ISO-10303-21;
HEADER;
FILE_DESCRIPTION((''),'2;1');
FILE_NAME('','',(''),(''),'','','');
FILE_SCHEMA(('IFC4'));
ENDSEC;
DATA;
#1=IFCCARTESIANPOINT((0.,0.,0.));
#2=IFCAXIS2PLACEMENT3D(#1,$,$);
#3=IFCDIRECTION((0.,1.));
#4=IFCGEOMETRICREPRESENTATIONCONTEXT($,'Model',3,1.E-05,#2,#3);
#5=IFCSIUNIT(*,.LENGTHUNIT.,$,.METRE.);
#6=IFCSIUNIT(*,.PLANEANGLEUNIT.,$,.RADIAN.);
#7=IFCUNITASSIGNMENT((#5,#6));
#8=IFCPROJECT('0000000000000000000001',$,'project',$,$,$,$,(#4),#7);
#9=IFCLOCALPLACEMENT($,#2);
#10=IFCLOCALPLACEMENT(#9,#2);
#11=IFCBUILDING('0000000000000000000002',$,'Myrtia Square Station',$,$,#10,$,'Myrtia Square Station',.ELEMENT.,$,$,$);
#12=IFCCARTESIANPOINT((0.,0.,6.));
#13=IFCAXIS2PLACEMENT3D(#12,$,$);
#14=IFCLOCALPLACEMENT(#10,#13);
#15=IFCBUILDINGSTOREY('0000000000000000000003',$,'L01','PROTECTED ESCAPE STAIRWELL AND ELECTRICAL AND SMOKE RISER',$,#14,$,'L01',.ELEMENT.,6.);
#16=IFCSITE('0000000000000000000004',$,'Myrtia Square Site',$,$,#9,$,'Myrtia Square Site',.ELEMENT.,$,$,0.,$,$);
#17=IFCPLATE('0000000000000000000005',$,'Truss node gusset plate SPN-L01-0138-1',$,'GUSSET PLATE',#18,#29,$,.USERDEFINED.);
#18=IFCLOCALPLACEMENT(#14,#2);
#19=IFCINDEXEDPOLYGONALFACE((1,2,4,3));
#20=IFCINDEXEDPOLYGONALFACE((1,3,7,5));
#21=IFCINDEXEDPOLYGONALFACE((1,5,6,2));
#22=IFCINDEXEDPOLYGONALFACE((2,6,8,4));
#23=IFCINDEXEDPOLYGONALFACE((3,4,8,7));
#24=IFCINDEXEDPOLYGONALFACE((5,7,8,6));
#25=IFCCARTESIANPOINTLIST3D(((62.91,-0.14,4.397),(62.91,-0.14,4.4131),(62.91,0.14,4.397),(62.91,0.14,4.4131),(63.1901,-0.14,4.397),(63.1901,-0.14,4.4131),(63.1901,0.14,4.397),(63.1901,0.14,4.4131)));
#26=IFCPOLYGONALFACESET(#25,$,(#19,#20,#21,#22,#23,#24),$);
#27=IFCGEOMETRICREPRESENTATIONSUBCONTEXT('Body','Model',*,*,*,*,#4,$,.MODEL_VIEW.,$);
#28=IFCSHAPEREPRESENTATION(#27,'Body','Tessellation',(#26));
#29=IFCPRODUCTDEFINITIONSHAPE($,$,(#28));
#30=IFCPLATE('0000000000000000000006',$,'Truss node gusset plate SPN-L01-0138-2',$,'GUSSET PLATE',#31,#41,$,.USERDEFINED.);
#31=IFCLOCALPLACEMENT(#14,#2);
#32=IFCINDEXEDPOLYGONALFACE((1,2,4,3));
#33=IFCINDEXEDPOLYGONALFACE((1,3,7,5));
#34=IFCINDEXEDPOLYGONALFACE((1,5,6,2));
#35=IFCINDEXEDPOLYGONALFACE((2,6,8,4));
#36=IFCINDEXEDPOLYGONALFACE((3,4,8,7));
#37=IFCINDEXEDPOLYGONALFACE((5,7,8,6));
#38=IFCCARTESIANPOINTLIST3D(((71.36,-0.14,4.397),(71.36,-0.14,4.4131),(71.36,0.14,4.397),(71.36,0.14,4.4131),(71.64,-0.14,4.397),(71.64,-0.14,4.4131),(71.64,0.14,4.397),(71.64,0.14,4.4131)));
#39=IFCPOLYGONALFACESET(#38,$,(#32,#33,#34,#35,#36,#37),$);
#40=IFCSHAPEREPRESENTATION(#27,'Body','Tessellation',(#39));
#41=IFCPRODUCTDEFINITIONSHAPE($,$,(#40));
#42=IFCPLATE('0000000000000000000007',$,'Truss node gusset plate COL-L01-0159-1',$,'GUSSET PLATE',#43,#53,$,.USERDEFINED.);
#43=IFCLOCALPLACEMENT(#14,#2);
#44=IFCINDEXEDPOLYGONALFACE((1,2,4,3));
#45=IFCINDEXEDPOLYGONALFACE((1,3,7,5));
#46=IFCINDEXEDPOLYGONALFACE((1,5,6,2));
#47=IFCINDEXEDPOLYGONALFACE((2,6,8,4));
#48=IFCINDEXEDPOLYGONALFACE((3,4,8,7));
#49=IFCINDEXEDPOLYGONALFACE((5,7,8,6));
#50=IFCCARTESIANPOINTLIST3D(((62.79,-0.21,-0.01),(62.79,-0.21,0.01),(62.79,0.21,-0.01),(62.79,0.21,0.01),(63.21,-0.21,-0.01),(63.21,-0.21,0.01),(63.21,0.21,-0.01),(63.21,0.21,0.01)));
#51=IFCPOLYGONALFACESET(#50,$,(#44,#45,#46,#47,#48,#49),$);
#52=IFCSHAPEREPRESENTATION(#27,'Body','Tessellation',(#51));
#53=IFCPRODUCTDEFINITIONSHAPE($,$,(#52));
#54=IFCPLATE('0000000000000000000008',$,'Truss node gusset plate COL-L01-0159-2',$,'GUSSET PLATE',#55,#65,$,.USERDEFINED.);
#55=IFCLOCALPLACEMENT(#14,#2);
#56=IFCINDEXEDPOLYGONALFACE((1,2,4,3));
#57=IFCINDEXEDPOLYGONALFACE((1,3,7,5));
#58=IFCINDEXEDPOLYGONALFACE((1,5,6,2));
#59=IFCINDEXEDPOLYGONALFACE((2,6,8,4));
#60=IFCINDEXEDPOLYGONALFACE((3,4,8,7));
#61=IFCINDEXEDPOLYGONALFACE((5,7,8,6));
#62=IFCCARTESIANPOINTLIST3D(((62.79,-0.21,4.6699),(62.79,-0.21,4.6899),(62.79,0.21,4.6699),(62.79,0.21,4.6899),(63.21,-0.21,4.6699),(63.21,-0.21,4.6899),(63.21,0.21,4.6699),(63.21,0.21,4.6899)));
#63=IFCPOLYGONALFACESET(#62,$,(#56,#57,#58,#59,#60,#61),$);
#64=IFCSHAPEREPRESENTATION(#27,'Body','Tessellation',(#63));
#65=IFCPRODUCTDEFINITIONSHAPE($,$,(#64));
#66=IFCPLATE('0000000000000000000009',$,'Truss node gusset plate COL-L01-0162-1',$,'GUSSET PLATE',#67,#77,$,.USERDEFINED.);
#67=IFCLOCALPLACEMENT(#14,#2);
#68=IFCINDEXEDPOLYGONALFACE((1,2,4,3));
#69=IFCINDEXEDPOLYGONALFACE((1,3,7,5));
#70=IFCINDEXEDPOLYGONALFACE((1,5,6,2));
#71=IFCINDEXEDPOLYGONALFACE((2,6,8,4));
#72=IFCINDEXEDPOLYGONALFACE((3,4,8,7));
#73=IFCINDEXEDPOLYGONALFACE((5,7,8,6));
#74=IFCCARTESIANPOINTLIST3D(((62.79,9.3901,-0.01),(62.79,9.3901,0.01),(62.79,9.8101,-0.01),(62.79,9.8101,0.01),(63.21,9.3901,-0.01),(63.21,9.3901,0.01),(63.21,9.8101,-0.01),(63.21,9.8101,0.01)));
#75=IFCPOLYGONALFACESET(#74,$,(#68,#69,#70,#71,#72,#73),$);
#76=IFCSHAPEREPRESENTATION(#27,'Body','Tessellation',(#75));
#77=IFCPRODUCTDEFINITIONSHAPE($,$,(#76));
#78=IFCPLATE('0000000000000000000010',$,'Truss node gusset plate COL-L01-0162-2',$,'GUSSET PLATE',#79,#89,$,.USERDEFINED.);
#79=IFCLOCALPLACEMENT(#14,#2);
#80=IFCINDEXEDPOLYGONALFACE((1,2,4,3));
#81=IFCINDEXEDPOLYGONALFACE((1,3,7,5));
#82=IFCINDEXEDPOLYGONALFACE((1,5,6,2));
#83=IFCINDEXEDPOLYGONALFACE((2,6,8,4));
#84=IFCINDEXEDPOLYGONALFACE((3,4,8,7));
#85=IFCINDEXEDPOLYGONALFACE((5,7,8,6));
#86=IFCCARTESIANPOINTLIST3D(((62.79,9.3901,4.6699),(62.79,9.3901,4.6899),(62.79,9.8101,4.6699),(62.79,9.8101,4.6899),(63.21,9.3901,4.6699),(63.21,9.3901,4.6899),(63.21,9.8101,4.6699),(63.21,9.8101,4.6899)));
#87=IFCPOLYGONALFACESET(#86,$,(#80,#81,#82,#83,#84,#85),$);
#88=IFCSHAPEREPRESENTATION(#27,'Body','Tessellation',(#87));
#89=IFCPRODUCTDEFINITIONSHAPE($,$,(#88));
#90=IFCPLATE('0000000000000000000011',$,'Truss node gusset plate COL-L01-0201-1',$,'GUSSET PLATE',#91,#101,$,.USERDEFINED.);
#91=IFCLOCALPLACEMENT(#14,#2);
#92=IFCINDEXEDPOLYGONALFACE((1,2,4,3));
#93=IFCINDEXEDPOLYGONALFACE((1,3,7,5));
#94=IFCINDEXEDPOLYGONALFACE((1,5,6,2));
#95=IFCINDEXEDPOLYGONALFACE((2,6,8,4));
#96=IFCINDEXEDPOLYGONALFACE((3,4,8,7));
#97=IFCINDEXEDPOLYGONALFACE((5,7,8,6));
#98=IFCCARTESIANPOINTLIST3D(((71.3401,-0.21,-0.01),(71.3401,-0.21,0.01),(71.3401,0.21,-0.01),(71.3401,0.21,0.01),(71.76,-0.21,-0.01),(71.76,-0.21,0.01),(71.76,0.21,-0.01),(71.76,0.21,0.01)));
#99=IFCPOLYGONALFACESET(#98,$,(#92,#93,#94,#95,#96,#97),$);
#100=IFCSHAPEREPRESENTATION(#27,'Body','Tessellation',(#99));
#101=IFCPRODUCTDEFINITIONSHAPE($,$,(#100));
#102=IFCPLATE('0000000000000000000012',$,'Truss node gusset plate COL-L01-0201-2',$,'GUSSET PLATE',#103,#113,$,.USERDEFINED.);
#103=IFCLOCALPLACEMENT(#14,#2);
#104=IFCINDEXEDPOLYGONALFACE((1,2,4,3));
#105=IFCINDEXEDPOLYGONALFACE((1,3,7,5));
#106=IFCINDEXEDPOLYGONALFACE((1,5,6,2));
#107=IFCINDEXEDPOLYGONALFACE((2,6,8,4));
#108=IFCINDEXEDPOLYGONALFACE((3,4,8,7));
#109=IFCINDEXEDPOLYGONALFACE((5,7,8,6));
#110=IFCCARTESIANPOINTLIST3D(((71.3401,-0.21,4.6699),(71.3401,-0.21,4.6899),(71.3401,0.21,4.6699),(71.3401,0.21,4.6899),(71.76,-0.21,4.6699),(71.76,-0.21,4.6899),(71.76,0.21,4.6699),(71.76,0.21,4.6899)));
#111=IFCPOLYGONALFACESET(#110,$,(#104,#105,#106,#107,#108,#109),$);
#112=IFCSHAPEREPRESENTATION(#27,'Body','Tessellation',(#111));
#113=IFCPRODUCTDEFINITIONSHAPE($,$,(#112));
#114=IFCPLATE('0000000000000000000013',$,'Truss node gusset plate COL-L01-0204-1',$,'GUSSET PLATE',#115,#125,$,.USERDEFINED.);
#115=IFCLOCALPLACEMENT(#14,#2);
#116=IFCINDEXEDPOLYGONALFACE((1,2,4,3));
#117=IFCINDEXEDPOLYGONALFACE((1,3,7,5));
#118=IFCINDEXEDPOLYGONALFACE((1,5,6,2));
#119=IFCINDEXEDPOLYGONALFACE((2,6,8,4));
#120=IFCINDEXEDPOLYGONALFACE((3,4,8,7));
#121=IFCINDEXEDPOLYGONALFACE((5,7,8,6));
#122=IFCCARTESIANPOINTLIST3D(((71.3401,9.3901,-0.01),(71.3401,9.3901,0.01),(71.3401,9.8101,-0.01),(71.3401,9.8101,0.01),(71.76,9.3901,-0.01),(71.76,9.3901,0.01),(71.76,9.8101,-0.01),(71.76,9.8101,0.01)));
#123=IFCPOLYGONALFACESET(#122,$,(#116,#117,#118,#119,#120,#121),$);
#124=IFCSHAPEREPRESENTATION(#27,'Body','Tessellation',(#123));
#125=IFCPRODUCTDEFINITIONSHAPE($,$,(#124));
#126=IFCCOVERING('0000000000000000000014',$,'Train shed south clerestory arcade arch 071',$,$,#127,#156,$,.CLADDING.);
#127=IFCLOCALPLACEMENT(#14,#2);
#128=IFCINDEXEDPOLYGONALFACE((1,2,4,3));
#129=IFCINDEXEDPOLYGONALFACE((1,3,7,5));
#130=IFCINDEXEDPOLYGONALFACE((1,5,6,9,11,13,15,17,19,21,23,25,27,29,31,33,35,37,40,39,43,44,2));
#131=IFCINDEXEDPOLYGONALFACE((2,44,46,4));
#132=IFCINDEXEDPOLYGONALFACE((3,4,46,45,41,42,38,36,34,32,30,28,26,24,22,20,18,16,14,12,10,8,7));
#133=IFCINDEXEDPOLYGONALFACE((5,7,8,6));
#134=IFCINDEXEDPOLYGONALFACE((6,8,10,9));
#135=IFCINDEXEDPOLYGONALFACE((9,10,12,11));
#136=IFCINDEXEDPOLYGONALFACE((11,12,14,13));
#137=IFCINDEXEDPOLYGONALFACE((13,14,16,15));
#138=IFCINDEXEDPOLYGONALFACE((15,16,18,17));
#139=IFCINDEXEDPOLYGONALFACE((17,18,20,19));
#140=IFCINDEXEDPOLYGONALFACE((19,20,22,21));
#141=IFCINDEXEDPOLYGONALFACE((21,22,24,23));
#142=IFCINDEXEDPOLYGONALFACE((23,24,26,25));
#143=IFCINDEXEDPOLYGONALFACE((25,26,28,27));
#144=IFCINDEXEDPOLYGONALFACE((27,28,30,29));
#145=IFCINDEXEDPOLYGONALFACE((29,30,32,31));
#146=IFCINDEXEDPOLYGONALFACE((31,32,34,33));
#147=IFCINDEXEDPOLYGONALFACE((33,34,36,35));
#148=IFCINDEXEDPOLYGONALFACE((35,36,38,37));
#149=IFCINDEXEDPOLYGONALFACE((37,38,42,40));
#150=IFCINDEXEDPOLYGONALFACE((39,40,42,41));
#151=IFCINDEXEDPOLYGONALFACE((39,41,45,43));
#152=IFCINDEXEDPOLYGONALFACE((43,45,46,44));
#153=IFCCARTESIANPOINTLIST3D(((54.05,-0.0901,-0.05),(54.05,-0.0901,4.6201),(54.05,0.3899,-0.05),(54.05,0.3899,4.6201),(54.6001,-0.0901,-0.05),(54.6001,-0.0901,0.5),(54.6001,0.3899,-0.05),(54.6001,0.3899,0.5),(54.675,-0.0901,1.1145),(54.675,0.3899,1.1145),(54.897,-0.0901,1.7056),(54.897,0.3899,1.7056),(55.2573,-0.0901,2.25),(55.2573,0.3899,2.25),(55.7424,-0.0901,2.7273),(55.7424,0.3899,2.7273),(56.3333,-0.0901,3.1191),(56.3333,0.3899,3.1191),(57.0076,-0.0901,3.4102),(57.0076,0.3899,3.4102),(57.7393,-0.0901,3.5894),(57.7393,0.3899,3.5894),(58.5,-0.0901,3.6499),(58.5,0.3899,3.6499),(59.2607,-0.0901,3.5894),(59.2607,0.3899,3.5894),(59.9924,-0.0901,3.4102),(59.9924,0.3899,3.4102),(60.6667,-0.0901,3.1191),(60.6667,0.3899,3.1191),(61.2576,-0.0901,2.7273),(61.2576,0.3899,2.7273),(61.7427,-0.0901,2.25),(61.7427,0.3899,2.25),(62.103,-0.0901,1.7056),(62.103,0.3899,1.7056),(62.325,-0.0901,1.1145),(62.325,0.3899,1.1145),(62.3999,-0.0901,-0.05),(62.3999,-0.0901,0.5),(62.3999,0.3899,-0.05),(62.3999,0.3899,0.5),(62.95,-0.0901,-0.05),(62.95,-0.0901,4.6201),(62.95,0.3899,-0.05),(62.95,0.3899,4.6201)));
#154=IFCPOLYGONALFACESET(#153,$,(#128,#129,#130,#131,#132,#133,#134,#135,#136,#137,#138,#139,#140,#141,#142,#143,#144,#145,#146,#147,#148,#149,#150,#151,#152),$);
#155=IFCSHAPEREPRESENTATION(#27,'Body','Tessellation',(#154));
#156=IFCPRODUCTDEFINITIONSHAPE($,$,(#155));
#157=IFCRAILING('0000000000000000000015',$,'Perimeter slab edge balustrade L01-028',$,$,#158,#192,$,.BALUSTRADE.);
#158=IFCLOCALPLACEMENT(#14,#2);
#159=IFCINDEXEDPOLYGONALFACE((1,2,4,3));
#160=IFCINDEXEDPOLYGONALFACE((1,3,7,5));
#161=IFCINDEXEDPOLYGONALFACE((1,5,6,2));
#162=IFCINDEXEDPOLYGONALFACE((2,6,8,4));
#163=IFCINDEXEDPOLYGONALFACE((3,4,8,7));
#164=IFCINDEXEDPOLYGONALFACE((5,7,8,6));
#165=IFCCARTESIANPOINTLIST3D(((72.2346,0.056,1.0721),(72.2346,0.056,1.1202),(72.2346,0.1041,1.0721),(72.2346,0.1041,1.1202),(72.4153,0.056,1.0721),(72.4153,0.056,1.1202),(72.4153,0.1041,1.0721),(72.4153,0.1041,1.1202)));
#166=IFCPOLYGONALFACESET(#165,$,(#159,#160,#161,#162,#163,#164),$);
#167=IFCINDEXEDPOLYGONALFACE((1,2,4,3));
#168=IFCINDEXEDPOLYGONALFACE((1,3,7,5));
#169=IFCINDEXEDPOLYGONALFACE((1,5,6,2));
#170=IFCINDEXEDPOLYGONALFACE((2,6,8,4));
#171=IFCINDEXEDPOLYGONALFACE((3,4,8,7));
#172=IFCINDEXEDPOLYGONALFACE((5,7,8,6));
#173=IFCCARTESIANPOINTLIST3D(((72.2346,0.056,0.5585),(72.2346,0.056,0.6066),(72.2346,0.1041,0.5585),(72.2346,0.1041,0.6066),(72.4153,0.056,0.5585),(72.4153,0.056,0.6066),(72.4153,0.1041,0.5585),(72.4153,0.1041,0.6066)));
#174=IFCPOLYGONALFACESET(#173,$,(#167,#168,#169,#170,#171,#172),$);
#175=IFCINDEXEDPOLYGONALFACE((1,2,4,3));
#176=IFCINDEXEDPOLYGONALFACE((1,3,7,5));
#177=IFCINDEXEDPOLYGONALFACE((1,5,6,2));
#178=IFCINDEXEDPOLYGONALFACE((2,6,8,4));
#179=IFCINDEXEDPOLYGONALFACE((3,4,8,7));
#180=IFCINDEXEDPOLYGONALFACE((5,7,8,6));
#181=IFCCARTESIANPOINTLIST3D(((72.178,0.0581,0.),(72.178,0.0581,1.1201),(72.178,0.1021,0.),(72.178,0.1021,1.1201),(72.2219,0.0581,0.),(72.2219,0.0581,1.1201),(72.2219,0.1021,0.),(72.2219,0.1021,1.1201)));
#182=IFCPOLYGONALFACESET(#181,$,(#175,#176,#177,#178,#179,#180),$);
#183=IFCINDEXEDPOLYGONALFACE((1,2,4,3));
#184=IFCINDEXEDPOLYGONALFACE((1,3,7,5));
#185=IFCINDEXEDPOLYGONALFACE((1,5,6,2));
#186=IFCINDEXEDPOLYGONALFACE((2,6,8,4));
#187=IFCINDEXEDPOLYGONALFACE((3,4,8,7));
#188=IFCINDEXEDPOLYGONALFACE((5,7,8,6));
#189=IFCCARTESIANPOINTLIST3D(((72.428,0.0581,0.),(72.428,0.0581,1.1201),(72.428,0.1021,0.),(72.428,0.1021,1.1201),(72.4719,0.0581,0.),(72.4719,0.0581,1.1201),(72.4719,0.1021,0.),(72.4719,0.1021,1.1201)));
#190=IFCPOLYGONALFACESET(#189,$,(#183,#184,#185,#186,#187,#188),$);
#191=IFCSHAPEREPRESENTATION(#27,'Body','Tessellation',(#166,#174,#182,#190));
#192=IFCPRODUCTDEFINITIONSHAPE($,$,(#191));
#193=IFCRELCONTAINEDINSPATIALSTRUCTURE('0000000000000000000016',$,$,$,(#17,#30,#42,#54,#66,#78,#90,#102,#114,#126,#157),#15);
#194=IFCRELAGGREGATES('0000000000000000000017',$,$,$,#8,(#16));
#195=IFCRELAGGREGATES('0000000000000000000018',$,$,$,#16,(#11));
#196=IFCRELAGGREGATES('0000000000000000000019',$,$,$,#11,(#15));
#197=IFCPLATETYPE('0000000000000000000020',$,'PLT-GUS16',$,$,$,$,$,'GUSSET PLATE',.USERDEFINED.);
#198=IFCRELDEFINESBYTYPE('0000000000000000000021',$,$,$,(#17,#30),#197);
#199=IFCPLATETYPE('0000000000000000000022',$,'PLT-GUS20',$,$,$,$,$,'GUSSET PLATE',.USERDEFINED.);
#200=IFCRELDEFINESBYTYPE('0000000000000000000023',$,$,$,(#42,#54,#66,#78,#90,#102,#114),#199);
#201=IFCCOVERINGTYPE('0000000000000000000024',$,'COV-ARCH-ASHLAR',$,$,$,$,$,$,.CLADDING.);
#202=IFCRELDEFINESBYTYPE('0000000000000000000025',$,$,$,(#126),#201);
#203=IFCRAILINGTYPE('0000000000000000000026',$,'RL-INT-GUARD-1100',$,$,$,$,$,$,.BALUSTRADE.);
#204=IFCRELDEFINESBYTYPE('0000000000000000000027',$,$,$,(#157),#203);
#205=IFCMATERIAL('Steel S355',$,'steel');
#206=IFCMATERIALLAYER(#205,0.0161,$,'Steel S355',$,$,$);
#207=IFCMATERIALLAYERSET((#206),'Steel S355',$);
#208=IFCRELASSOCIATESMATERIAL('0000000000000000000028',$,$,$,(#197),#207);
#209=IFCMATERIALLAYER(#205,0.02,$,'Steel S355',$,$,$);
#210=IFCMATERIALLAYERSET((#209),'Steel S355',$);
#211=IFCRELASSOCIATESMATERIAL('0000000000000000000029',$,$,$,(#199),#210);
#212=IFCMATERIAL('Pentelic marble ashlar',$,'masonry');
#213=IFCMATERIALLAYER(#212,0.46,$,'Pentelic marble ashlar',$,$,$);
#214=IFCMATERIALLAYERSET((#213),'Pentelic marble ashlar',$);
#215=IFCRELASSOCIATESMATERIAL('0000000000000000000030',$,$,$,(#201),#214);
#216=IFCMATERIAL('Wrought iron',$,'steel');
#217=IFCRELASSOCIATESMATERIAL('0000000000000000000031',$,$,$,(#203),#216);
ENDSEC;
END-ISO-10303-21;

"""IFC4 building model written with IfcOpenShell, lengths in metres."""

from ifc_helpers import new_model, si_unit, direction, frame, origin, origin_2d, place, context, subcontext, project, spatial, polyline, rectangle, outline, extrude, material, layer, layer_set, type_object, element, save


model = new_model("IFC4")

# Units and contexts
model_context = context("Model", 3, precision=1e-05, world=origin(), true_north=direction((0.0, 1.0)))
body_context = subcontext(model_context, "Body", "Model", "MODEL_VIEW")
ifc_project = project(units=[si_unit("LENGTHUNIT", "METRE"), si_unit("PLANEANGLEUNIT", "RADIAN")], contexts=[model_context])

# Site, building, storey
site_placement = place(None, origin())
site = spatial("IfcSite", under=ifc_project, at=site_placement, Name="Myrtia Square Site", LongName="Myrtia Square Site", CompositionType="ELEMENT", RefElevation=0.0)
building_placement = place(site_placement, origin())
building = spatial("IfcBuilding", under=site, at=building_placement, Name="Myrtia Square Station", LongName="Myrtia Square Station", CompositionType="ELEMENT")
storey_placement = place(building_placement, frame((0.0, 0.0, 6.0)))
storey = spatial("IfcBuildingStorey", under=building, at=storey_placement, Name="L01", Description="PROTECTED ESCAPE STAIRWELL AND ELECTRICAL AND SMOKE RISER", LongName="L01", CompositionType="ELEMENT", Elevation=6.0)

# Shared definitions
ifc_material_1 = material(Name="Steel S355", Category="steel")

# Plates
ifc_layer_1 = layer(ifc_material_1, 0.0161, Name="Steel S355")
ifc_layer_set_1 = layer_set([ifc_layer_1], Name="Steel S355")
plate_type_1 = type_object("IfcPlateType", Name="PLT-GUS16", ElementType="GUSSET PLATE", PredefinedType="USERDEFINED", material=ifc_layer_set_1)
for number, where, z_axis, x_axis, name in (
    (1, (63.05, 0.0, 4.397), (0.0, 0.0, 1.0), (1.0, 0.0, 0.0), "Truss node gusset plate SPN-L01-0138-1"),
    (2, (71.5, 0.0, 4.397), (0.0, 0.0, 1.0), (1.0, 0.0, 0.0), "Truss node gusset plate SPN-L01-0138-2"),
):
    element("IfcPlate", number, at=place(storey_placement, frame(where, z_axis=z_axis, x_axis=x_axis)), inside=storey, type_object=plate_type_1, Name=name, ObjectType="GUSSET PLATE", PredefinedType="USERDEFINED", context=body_context, shape_type="SweptSolid", body=[
        extrude(rectangle(XDim=0.28, YDim=0.28, at=origin_2d()), origin(), (0.0, 0.0, 1.0), 0.0161),
    ])
ifc_layer_2 = layer(ifc_material_1, 0.02, Name="Steel S355")
ifc_layer_set_2 = layer_set([ifc_layer_2], Name="Steel S355")
plate_type_2 = type_object("IfcPlateType", Name="PLT-GUS20", ElementType="GUSSET PLATE", PredefinedType="USERDEFINED", material=ifc_layer_set_2)
for number, where, z_axis, x_axis, name in (
    (3, (63.0, 0.0, -0.01), (0.0, 0.0, 1.0), (1.0, 0.0, 0.0), "Truss node gusset plate COL-L01-0159-1"),
    (4, (63.0, 0.0, 4.6699), (0.0, 0.0, 1.0), (1.0, 0.0, 0.0), "Truss node gusset plate COL-L01-0159-2"),
    (5, (63.0, 9.6001, -0.01), (0.0, 0.0, 1.0), (1.0, 0.0, 0.0), "Truss node gusset plate COL-L01-0162-1"),
    (6, (63.0, 9.6001, 4.6699), (0.0, 0.0, 1.0), (1.0, 0.0, 0.0), "Truss node gusset plate COL-L01-0162-2"),
    (7, (71.55, 0.0, -0.01), (0.0, 0.0, 1.0), (1.0, 0.0, 0.0), "Truss node gusset plate COL-L01-0201-1"),
    (8, (71.55, 0.0, 4.6699), (0.0, 0.0, 1.0), (1.0, 0.0, 0.0), "Truss node gusset plate COL-L01-0201-2"),
    (9, (71.55, 9.6001, -0.01), (0.0, 0.0, 1.0), (1.0, 0.0, 0.0), "Truss node gusset plate COL-L01-0204-1"),
):
    element("IfcPlate", number, at=place(storey_placement, frame(where, z_axis=z_axis, x_axis=x_axis)), inside=storey, type_object=plate_type_2, Name=name, ObjectType="GUSSET PLATE", PredefinedType="USERDEFINED", context=body_context, shape_type="SweptSolid", body=[
        extrude(rectangle(XDim=0.4199, YDim=0.4199, at=origin_2d()), origin(), (0.0, 0.0, 1.0), 0.02),
    ])

# Covering
ifc_material_2 = material(Name="Pentelic marble ashlar", Category="masonry")
ifc_layer_3 = layer(ifc_material_2, 0.46, Name="Pentelic marble ashlar")
ifc_layer_set_3 = layer_set([ifc_layer_3], Name="Pentelic marble ashlar")
covering_type = type_object("IfcCoveringType", Name="COV-ARCH-ASHLAR", PredefinedType="CLADDING", material=ifc_layer_set_3)
covering_placement = place(storey_placement, frame((54.05, 0.1499, -0.05), z_axis=(0.0, 0.0, 1.0), x_axis=(1.0, 0.0, 0.0)))
element("IfcCovering", 10, at=covering_placement, inside=storey, type_object=covering_type, Name="Train shed south clerestory arcade arch 071", PredefinedType="CLADDING", context=body_context, shape_type="SweptSolid", body=[
    extrude(outline(polyline([(0.0, 0.0), (0.55, 0.0), (0.55, 0.55), (0.625, 1.1646), (0.8469, 1.7556), (1.2073, 2.3), (1.6924, 2.7773), (2.2832, 3.1692), (2.9575, 3.4602), (3.6892, 3.6394), (4.45, 3.7), (5.2107, 3.6394), (5.9424, 3.4602), (6.6167, 3.1692), (7.2075, 2.7773), (7.6926, 2.3), (8.053, 1.7556), (8.2749, 1.1646), (8.3499, 0.55), (8.3499, 0.0), (8.8999, 0.0), (8.8999, 4.6702), (0.0, 4.6702), (0.0, 0.0)])), frame((0.0, 0.24, 0.0), z_axis=(0.0, -1.0, 0.0), x_axis=(1.0, 0.0, 0.0)), (0.0, 0.0, 1.0), 0.48),
])

# Railing
ifc_material_3 = material(Name="Wrought iron", Category="steel")
railing_type = type_object("IfcRailingType", Name="RL-INT-GUARD-1100", PredefinedType="BALUSTRADE", material=ifc_material_3)
railing_placement = place(storey_placement, frame((72.2, 0.0801, 0.0)))
element("IfcRailing", 11, at=railing_placement, inside=storey, type_object=railing_type, Name="Perimeter slab edge balustrade L01-028", PredefinedType="BALUSTRADE", context=body_context, shape_type="SweptSolid", body=[
    extrude(rectangle(XDim=0.0481, YDim=0.0481, at=origin_2d()), frame((0.0347, 0.0, 1.0962), z_axis=(1.0, 0.0, 0.0), x_axis=(0.0, 1.0, 0.0)), (0.0, 0.0, 1.0), 0.1807),
    extrude(rectangle(XDim=0.0481, YDim=0.0481, at=origin_2d()), frame((0.0347, 0.0, 0.5825), z_axis=(1.0, 0.0, 0.0), x_axis=(0.0, 1.0, 0.0)), (0.0, 0.0, 1.0), 0.1807),
    extrude(rectangle(XDim=0.0439, YDim=0.0439, at=origin_2d()), origin(), (0.0, 0.0, 1.0), 1.1201),
    extrude(rectangle(XDim=0.0439, YDim=0.0439, at=origin_2d()), frame((0.25, 0.0, 0.0)), (0.0, 0.0, 1.0), 1.1201),
])

save(model, "model.ifc")
